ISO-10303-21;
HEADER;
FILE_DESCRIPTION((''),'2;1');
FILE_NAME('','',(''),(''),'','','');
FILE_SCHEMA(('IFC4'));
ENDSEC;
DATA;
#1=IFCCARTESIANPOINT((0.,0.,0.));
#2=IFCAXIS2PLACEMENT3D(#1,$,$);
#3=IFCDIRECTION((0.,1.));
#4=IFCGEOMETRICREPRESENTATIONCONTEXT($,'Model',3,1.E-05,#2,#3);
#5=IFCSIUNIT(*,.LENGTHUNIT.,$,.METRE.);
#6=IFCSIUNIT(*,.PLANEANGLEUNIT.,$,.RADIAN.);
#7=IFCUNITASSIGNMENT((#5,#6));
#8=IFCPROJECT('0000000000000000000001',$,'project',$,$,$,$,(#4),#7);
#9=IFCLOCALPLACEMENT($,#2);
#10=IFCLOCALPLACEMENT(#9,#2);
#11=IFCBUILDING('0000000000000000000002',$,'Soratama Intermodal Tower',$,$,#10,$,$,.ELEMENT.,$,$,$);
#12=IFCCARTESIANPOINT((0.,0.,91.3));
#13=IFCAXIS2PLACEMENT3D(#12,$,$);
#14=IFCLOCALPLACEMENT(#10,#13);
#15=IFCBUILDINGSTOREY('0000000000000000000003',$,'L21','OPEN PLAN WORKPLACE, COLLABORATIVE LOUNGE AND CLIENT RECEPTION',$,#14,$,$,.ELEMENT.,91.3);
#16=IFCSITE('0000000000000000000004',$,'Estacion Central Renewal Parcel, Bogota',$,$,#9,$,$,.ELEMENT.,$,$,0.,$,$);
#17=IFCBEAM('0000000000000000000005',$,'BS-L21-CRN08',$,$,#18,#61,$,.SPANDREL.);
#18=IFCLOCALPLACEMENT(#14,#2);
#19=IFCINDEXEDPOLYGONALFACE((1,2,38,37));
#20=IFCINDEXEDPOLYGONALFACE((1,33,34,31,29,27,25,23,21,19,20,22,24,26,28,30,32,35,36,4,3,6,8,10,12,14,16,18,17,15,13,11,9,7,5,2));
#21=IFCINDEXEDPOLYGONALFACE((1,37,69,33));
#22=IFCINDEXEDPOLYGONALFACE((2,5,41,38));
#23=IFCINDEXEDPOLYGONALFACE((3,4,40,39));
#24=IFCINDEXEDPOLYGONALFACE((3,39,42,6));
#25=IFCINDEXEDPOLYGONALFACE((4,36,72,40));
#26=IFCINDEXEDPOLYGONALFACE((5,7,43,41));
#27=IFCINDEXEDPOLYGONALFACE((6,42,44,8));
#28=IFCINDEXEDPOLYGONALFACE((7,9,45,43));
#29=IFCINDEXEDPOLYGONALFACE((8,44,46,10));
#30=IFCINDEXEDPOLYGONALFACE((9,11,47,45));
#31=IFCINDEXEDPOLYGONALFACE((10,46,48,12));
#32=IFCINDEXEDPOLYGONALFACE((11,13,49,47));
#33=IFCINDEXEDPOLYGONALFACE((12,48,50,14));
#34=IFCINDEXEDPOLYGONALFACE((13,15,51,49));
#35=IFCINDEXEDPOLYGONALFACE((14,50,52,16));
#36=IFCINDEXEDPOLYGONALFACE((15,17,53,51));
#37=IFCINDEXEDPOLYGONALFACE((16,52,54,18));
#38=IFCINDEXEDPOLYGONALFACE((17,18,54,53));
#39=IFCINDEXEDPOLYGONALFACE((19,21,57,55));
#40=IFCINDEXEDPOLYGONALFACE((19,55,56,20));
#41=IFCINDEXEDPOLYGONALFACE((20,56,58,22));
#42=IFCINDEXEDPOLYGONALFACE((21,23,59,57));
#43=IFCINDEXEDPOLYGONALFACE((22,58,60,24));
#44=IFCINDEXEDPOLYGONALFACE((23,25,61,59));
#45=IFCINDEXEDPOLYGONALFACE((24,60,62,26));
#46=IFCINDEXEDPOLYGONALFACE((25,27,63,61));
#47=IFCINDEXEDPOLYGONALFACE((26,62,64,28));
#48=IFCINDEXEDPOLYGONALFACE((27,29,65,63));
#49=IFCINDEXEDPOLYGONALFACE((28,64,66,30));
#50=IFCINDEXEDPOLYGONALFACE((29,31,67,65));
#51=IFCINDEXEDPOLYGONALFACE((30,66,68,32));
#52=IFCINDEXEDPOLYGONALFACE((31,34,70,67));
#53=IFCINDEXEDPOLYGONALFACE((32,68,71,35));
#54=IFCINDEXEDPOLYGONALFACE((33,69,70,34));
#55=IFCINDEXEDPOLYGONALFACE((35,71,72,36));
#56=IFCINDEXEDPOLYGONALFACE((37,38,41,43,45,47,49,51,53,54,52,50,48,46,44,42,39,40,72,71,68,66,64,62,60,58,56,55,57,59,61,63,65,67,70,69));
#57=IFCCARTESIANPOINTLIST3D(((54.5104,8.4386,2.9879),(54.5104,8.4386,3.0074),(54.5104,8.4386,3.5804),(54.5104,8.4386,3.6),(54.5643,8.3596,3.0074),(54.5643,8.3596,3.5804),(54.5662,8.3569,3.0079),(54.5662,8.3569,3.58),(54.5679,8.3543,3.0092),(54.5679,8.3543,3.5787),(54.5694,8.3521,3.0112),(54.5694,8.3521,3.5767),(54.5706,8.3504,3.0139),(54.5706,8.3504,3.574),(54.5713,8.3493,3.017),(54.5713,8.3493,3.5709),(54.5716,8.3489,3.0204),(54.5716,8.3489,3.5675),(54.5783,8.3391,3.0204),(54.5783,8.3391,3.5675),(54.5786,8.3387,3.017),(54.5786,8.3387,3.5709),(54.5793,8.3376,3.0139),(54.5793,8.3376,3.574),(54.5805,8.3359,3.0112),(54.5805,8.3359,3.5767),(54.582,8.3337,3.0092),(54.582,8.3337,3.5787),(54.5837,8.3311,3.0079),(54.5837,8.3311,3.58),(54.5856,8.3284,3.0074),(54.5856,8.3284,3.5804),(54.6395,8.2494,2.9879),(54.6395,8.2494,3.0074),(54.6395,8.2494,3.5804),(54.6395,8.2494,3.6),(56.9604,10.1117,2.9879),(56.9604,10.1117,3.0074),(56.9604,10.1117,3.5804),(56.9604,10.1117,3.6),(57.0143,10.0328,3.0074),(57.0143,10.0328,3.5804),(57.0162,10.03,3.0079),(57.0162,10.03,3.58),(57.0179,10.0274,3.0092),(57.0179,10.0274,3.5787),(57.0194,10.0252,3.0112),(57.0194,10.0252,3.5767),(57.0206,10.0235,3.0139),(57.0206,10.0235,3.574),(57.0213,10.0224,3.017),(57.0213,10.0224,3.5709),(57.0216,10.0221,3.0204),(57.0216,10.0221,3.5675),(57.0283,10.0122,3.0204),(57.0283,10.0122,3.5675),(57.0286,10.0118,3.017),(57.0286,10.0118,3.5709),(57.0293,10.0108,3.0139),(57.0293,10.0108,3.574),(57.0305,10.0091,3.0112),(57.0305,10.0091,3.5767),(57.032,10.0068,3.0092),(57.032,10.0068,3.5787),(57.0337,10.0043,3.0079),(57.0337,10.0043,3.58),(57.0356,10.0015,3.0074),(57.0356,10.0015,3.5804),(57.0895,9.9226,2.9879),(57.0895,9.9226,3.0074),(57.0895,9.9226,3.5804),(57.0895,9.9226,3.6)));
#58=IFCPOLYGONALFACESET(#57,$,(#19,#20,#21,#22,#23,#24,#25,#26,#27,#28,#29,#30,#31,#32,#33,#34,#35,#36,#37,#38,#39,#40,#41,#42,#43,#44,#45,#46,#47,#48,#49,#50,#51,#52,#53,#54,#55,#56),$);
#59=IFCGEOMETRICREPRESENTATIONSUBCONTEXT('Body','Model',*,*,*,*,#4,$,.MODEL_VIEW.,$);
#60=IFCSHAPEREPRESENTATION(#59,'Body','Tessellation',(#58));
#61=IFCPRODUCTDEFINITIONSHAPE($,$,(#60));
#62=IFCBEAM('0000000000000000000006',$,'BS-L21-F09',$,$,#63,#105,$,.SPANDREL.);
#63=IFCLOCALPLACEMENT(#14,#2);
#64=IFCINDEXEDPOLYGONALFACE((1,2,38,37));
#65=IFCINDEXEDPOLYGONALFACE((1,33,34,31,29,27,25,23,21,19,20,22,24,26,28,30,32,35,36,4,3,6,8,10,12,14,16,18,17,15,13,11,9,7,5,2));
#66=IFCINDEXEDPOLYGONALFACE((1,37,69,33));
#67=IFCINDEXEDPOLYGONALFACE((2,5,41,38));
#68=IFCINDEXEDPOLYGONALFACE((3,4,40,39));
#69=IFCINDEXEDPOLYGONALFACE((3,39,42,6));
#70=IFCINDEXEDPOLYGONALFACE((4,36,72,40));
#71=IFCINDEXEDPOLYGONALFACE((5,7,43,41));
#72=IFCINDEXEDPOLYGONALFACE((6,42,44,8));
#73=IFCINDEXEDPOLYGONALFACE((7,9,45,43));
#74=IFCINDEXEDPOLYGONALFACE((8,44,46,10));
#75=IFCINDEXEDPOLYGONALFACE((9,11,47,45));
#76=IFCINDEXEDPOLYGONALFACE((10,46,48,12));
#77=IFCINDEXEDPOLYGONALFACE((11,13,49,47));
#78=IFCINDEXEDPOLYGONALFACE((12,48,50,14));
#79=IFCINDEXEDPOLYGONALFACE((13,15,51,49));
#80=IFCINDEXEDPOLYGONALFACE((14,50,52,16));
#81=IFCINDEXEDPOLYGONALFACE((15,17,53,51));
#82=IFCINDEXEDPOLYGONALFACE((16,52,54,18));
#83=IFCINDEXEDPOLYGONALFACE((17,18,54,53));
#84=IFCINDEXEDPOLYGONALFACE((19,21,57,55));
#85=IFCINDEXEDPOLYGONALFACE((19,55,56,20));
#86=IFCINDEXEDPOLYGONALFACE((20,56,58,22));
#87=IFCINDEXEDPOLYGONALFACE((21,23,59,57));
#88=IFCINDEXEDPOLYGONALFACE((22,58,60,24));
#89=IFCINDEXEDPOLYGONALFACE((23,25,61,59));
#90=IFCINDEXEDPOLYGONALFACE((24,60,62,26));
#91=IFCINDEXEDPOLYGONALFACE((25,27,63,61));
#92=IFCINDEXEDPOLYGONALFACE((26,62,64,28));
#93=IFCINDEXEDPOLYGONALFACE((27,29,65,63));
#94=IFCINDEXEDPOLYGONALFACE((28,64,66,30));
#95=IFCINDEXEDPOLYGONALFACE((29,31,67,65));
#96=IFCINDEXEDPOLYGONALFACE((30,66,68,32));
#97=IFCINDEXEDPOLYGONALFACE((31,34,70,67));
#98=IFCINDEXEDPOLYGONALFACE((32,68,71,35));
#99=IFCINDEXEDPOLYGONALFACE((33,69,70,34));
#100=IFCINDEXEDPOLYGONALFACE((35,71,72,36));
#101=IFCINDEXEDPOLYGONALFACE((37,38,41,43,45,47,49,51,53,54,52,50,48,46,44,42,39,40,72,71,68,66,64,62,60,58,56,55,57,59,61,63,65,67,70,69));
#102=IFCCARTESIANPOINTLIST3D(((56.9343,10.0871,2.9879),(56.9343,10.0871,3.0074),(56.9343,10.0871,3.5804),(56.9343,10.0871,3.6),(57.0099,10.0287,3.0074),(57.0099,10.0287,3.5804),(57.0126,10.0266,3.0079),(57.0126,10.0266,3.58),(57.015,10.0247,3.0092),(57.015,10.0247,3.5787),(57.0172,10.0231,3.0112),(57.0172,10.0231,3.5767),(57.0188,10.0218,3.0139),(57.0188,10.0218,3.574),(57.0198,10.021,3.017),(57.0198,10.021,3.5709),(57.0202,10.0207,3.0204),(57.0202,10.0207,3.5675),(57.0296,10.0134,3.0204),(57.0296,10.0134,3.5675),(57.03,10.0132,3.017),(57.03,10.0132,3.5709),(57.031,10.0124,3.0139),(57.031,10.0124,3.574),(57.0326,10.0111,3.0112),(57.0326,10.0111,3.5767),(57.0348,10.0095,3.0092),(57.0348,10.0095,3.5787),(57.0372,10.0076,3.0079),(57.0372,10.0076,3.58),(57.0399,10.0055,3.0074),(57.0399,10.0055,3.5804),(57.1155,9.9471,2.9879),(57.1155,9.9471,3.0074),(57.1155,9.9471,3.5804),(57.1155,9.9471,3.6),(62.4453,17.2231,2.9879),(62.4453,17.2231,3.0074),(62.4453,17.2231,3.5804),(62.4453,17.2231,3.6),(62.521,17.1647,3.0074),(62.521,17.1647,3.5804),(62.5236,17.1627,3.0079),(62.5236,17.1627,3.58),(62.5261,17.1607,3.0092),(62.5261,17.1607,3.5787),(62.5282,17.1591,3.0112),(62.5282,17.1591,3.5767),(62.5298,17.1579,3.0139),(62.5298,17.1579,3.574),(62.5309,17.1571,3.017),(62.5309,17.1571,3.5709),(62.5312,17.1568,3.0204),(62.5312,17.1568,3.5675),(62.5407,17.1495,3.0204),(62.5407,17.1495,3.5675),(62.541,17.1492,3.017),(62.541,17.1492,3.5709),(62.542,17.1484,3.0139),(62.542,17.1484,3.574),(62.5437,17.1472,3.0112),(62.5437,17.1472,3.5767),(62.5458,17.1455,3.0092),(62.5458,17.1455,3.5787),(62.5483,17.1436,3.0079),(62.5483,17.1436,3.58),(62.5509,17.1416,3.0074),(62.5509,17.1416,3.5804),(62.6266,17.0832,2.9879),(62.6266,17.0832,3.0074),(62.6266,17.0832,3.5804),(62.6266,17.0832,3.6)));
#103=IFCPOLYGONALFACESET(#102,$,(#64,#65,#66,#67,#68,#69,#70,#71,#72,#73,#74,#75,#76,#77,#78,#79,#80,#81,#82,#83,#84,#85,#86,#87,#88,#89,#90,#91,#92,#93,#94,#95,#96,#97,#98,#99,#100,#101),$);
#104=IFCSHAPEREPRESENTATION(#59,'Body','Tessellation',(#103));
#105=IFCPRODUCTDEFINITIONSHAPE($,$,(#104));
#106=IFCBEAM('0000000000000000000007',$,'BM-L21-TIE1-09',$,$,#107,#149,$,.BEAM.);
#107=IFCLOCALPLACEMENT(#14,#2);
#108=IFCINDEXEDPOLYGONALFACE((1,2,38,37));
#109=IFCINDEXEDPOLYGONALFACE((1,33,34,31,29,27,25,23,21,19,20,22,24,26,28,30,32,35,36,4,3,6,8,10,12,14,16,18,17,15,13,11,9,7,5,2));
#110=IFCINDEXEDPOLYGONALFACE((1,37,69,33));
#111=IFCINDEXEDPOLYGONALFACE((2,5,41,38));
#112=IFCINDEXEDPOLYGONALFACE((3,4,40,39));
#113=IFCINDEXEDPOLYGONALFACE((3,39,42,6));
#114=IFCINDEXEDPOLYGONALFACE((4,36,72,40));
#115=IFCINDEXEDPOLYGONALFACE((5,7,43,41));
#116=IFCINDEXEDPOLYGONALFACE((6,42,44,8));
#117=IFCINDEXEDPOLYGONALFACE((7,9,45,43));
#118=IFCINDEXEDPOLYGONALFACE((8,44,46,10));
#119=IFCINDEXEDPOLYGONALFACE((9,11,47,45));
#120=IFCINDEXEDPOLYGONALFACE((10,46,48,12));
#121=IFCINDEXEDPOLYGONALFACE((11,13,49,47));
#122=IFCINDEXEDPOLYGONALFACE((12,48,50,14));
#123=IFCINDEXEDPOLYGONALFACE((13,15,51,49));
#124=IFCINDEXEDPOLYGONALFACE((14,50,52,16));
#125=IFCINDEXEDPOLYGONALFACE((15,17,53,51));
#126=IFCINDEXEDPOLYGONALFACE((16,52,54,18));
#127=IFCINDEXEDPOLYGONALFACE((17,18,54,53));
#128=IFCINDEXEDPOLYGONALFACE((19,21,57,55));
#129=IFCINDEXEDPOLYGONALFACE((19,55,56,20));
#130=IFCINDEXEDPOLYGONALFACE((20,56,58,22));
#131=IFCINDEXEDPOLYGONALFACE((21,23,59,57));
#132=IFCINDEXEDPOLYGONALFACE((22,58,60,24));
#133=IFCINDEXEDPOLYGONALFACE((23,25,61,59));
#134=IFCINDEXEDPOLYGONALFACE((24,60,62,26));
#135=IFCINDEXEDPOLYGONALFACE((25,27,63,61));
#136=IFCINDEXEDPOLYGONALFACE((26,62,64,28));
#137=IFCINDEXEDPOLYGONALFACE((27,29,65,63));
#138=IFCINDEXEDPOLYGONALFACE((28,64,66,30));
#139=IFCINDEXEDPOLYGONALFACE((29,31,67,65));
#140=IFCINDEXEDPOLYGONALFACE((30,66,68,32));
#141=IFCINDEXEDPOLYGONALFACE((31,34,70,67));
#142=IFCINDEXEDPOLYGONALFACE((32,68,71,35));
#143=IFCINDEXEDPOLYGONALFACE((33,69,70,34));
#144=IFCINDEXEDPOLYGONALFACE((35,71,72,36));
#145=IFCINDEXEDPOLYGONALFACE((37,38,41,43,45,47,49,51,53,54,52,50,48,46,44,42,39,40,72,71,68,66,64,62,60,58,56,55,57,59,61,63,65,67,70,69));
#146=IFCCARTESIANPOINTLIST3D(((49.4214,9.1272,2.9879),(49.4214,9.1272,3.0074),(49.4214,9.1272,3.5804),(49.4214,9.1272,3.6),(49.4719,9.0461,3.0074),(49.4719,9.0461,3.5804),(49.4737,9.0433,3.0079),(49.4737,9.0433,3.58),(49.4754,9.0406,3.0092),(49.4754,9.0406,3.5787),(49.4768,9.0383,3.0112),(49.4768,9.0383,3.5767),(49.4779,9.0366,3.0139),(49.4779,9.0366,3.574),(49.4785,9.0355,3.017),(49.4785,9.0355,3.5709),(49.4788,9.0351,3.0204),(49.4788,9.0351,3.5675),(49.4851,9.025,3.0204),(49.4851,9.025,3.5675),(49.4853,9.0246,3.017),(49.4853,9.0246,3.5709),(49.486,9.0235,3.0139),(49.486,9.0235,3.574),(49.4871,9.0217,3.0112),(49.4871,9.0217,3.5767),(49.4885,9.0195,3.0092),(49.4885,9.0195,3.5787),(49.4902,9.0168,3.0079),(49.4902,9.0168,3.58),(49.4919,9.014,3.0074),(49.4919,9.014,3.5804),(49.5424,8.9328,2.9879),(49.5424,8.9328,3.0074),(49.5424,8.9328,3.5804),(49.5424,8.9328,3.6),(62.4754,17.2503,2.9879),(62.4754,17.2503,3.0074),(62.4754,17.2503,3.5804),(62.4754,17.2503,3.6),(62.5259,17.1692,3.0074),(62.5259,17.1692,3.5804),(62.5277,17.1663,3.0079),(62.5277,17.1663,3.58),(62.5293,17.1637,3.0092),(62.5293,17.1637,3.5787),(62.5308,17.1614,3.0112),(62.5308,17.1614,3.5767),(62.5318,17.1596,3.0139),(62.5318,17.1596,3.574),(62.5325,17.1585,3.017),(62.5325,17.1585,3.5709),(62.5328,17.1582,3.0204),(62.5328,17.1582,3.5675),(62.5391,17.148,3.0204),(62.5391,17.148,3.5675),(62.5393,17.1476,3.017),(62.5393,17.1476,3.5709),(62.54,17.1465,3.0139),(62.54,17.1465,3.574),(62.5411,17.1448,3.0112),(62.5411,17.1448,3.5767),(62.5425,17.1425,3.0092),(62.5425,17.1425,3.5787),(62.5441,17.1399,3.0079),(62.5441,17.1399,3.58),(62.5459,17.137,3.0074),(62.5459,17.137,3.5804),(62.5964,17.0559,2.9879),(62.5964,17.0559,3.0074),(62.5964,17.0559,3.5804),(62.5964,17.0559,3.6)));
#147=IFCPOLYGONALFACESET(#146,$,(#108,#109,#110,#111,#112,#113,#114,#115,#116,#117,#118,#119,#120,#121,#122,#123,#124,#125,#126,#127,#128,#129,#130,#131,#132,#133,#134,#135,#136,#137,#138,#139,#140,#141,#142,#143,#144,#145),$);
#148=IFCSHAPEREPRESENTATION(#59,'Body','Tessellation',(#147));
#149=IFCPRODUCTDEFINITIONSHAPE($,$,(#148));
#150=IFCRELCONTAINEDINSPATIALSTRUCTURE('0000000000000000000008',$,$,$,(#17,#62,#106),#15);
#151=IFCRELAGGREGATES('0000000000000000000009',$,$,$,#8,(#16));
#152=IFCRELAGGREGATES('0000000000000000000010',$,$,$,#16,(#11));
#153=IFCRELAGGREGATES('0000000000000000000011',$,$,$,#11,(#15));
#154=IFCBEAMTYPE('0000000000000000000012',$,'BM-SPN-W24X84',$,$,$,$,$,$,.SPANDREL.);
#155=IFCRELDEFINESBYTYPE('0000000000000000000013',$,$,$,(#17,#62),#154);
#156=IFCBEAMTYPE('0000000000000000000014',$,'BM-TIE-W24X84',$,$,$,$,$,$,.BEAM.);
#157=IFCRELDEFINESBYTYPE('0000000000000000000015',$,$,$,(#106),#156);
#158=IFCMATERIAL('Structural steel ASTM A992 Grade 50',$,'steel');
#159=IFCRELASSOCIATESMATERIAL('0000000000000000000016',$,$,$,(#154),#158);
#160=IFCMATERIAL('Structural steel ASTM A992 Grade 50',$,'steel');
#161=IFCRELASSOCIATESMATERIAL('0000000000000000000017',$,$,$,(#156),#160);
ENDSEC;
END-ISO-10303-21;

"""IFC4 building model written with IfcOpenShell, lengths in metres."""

from ifc_helpers import new_model, si_unit, direction, frame, origin, origin_2d, place, context, subcontext, project, spatial, i_section, extrude, material, material_profile, profile_set, type_object, element, save


model = new_model("IFC4")

# Units and contexts
model_context = context("Model", 3, precision=1e-05, world=origin(), true_north=direction((0.0, 1.0)))
body_context = subcontext(model_context, "Body", "Model", "MODEL_VIEW")
ifc_project = project(units=[si_unit("LENGTHUNIT", "METRE"), si_unit("PLANEANGLEUNIT", "RADIAN")], contexts=[model_context])

# Site, building, storey
site_placement = place(None, origin())
site = spatial("IfcSite", under=ifc_project, at=site_placement, Name="Estacion Central Renewal Parcel, Bogota", CompositionType="ELEMENT", RefElevation=0.0)
building_placement = place(site_placement, origin())
building = spatial("IfcBuilding", under=site, at=building_placement, Name="Soratama Intermodal Tower", CompositionType="ELEMENT")
storey_placement = place(building_placement, frame((0.0, 0.0, 91.3)))
storey = spatial("IfcBuildingStorey", under=building, at=storey_placement, Name="L21", Description="OPEN PLAN WORKPLACE, COLLABORATIVE LOUNGE AND CLIENT RECEPTION", CompositionType="ELEMENT", Elevation=91.3)

# Beams
ifc_material_1 = material(Name="Structural steel ASTM A992 Grade 50", Category="steel")
ifc_material_profile_1 = material_profile(ifc_material_1, i_section(OverallWidth=0.229, OverallDepth=0.6121, WebThickness=0.012, FlangeThickness=0.0195, FilletRadius=0.0129, at=origin_2d()), Name="W24X84")
ifc_profile_set_1 = profile_set([ifc_material_profile_1], Name="Structural steel ASTM A992 Grade 50")
beam_type_1 = type_object("IfcBeamType", Name="BM-SPN-W24X84", PredefinedType="SPANDREL", material=ifc_profile_set_1)
beam_1_placement = place(storey_placement, frame((54.575, 8.344, 3.2939), z_axis=(0.825808, 0.563952, 0.0), x_axis=(-0.563952, 0.825808, 0.0)))
element("IfcBeam", 1, at=beam_1_placement, inside=storey, type_object=beam_type_1, Name="BS-L21-CRN08", PredefinedType="SPANDREL", context=body_context, shape_type="SweptSolid", body=[
    extrude(i_section(OverallWidth=0.229, OverallDepth=0.6121, WebThickness=0.012, FlangeThickness=0.0195, FilletRadius=0.0129, at=origin_2d()), origin(), (0.0, 0.0, 1.0), 2.9668),
])
beam_2_placement = place(storey_placement, frame((57.0249, 10.0171, 3.2939), z_axis=(0.611226, 0.791456, 0.0), x_axis=(-0.791456, 0.611226, 0.0)))
element("IfcBeam", 2, at=beam_2_placement, inside=storey, type_object=beam_type_1, Name="BS-L21-F09", PredefinedType="SPANDREL", context=body_context, shape_type="SweptSolid", body=[
    extrude(i_section(OverallWidth=0.229, OverallDepth=0.6121, WebThickness=0.012, FlangeThickness=0.0195, FilletRadius=0.0129, at=origin_2d()), origin(), (0.0, 0.0, 1.0), 9.0164),
])
ifc_material_2 = material(Name="Structural steel ASTM A992 Grade 50", Category="steel")
ifc_material_profile_2 = material_profile(ifc_material_2, i_section(OverallWidth=0.229, OverallDepth=0.6121, WebThickness=0.012, FlangeThickness=0.0195, FilletRadius=0.0129, at=origin_2d()), Name="W24X84")
ifc_profile_set_2 = profile_set([ifc_material_profile_2], Name="Structural steel ASTM A992 Grade 50")
beam_type_2 = type_object("IfcBeamType", Name="BM-TIE-W24X84", PredefinedType="BEAM", material=ifc_profile_set_2)
beam_3_placement = place(storey_placement, frame((49.4819, 9.03, 3.2939), z_axis=(0.84904, 0.528329, 0.0), x_axis=(-0.528329, 0.84904, 0.0)))
element("IfcBeam", 3, at=beam_3_placement, inside=storey, type_object=beam_type_2, Name="BM-L21-TIE1-09", PredefinedType="BEAM", context=body_context, shape_type="SweptSolid", body=[
    extrude(i_section(OverallWidth=0.229, OverallDepth=0.6121, WebThickness=0.012, FlangeThickness=0.0195, FilletRadius=0.0129, at=origin_2d()), origin(), (0.0, 0.0, 1.0), 15.375),
])

save(model, "model.ifc")
